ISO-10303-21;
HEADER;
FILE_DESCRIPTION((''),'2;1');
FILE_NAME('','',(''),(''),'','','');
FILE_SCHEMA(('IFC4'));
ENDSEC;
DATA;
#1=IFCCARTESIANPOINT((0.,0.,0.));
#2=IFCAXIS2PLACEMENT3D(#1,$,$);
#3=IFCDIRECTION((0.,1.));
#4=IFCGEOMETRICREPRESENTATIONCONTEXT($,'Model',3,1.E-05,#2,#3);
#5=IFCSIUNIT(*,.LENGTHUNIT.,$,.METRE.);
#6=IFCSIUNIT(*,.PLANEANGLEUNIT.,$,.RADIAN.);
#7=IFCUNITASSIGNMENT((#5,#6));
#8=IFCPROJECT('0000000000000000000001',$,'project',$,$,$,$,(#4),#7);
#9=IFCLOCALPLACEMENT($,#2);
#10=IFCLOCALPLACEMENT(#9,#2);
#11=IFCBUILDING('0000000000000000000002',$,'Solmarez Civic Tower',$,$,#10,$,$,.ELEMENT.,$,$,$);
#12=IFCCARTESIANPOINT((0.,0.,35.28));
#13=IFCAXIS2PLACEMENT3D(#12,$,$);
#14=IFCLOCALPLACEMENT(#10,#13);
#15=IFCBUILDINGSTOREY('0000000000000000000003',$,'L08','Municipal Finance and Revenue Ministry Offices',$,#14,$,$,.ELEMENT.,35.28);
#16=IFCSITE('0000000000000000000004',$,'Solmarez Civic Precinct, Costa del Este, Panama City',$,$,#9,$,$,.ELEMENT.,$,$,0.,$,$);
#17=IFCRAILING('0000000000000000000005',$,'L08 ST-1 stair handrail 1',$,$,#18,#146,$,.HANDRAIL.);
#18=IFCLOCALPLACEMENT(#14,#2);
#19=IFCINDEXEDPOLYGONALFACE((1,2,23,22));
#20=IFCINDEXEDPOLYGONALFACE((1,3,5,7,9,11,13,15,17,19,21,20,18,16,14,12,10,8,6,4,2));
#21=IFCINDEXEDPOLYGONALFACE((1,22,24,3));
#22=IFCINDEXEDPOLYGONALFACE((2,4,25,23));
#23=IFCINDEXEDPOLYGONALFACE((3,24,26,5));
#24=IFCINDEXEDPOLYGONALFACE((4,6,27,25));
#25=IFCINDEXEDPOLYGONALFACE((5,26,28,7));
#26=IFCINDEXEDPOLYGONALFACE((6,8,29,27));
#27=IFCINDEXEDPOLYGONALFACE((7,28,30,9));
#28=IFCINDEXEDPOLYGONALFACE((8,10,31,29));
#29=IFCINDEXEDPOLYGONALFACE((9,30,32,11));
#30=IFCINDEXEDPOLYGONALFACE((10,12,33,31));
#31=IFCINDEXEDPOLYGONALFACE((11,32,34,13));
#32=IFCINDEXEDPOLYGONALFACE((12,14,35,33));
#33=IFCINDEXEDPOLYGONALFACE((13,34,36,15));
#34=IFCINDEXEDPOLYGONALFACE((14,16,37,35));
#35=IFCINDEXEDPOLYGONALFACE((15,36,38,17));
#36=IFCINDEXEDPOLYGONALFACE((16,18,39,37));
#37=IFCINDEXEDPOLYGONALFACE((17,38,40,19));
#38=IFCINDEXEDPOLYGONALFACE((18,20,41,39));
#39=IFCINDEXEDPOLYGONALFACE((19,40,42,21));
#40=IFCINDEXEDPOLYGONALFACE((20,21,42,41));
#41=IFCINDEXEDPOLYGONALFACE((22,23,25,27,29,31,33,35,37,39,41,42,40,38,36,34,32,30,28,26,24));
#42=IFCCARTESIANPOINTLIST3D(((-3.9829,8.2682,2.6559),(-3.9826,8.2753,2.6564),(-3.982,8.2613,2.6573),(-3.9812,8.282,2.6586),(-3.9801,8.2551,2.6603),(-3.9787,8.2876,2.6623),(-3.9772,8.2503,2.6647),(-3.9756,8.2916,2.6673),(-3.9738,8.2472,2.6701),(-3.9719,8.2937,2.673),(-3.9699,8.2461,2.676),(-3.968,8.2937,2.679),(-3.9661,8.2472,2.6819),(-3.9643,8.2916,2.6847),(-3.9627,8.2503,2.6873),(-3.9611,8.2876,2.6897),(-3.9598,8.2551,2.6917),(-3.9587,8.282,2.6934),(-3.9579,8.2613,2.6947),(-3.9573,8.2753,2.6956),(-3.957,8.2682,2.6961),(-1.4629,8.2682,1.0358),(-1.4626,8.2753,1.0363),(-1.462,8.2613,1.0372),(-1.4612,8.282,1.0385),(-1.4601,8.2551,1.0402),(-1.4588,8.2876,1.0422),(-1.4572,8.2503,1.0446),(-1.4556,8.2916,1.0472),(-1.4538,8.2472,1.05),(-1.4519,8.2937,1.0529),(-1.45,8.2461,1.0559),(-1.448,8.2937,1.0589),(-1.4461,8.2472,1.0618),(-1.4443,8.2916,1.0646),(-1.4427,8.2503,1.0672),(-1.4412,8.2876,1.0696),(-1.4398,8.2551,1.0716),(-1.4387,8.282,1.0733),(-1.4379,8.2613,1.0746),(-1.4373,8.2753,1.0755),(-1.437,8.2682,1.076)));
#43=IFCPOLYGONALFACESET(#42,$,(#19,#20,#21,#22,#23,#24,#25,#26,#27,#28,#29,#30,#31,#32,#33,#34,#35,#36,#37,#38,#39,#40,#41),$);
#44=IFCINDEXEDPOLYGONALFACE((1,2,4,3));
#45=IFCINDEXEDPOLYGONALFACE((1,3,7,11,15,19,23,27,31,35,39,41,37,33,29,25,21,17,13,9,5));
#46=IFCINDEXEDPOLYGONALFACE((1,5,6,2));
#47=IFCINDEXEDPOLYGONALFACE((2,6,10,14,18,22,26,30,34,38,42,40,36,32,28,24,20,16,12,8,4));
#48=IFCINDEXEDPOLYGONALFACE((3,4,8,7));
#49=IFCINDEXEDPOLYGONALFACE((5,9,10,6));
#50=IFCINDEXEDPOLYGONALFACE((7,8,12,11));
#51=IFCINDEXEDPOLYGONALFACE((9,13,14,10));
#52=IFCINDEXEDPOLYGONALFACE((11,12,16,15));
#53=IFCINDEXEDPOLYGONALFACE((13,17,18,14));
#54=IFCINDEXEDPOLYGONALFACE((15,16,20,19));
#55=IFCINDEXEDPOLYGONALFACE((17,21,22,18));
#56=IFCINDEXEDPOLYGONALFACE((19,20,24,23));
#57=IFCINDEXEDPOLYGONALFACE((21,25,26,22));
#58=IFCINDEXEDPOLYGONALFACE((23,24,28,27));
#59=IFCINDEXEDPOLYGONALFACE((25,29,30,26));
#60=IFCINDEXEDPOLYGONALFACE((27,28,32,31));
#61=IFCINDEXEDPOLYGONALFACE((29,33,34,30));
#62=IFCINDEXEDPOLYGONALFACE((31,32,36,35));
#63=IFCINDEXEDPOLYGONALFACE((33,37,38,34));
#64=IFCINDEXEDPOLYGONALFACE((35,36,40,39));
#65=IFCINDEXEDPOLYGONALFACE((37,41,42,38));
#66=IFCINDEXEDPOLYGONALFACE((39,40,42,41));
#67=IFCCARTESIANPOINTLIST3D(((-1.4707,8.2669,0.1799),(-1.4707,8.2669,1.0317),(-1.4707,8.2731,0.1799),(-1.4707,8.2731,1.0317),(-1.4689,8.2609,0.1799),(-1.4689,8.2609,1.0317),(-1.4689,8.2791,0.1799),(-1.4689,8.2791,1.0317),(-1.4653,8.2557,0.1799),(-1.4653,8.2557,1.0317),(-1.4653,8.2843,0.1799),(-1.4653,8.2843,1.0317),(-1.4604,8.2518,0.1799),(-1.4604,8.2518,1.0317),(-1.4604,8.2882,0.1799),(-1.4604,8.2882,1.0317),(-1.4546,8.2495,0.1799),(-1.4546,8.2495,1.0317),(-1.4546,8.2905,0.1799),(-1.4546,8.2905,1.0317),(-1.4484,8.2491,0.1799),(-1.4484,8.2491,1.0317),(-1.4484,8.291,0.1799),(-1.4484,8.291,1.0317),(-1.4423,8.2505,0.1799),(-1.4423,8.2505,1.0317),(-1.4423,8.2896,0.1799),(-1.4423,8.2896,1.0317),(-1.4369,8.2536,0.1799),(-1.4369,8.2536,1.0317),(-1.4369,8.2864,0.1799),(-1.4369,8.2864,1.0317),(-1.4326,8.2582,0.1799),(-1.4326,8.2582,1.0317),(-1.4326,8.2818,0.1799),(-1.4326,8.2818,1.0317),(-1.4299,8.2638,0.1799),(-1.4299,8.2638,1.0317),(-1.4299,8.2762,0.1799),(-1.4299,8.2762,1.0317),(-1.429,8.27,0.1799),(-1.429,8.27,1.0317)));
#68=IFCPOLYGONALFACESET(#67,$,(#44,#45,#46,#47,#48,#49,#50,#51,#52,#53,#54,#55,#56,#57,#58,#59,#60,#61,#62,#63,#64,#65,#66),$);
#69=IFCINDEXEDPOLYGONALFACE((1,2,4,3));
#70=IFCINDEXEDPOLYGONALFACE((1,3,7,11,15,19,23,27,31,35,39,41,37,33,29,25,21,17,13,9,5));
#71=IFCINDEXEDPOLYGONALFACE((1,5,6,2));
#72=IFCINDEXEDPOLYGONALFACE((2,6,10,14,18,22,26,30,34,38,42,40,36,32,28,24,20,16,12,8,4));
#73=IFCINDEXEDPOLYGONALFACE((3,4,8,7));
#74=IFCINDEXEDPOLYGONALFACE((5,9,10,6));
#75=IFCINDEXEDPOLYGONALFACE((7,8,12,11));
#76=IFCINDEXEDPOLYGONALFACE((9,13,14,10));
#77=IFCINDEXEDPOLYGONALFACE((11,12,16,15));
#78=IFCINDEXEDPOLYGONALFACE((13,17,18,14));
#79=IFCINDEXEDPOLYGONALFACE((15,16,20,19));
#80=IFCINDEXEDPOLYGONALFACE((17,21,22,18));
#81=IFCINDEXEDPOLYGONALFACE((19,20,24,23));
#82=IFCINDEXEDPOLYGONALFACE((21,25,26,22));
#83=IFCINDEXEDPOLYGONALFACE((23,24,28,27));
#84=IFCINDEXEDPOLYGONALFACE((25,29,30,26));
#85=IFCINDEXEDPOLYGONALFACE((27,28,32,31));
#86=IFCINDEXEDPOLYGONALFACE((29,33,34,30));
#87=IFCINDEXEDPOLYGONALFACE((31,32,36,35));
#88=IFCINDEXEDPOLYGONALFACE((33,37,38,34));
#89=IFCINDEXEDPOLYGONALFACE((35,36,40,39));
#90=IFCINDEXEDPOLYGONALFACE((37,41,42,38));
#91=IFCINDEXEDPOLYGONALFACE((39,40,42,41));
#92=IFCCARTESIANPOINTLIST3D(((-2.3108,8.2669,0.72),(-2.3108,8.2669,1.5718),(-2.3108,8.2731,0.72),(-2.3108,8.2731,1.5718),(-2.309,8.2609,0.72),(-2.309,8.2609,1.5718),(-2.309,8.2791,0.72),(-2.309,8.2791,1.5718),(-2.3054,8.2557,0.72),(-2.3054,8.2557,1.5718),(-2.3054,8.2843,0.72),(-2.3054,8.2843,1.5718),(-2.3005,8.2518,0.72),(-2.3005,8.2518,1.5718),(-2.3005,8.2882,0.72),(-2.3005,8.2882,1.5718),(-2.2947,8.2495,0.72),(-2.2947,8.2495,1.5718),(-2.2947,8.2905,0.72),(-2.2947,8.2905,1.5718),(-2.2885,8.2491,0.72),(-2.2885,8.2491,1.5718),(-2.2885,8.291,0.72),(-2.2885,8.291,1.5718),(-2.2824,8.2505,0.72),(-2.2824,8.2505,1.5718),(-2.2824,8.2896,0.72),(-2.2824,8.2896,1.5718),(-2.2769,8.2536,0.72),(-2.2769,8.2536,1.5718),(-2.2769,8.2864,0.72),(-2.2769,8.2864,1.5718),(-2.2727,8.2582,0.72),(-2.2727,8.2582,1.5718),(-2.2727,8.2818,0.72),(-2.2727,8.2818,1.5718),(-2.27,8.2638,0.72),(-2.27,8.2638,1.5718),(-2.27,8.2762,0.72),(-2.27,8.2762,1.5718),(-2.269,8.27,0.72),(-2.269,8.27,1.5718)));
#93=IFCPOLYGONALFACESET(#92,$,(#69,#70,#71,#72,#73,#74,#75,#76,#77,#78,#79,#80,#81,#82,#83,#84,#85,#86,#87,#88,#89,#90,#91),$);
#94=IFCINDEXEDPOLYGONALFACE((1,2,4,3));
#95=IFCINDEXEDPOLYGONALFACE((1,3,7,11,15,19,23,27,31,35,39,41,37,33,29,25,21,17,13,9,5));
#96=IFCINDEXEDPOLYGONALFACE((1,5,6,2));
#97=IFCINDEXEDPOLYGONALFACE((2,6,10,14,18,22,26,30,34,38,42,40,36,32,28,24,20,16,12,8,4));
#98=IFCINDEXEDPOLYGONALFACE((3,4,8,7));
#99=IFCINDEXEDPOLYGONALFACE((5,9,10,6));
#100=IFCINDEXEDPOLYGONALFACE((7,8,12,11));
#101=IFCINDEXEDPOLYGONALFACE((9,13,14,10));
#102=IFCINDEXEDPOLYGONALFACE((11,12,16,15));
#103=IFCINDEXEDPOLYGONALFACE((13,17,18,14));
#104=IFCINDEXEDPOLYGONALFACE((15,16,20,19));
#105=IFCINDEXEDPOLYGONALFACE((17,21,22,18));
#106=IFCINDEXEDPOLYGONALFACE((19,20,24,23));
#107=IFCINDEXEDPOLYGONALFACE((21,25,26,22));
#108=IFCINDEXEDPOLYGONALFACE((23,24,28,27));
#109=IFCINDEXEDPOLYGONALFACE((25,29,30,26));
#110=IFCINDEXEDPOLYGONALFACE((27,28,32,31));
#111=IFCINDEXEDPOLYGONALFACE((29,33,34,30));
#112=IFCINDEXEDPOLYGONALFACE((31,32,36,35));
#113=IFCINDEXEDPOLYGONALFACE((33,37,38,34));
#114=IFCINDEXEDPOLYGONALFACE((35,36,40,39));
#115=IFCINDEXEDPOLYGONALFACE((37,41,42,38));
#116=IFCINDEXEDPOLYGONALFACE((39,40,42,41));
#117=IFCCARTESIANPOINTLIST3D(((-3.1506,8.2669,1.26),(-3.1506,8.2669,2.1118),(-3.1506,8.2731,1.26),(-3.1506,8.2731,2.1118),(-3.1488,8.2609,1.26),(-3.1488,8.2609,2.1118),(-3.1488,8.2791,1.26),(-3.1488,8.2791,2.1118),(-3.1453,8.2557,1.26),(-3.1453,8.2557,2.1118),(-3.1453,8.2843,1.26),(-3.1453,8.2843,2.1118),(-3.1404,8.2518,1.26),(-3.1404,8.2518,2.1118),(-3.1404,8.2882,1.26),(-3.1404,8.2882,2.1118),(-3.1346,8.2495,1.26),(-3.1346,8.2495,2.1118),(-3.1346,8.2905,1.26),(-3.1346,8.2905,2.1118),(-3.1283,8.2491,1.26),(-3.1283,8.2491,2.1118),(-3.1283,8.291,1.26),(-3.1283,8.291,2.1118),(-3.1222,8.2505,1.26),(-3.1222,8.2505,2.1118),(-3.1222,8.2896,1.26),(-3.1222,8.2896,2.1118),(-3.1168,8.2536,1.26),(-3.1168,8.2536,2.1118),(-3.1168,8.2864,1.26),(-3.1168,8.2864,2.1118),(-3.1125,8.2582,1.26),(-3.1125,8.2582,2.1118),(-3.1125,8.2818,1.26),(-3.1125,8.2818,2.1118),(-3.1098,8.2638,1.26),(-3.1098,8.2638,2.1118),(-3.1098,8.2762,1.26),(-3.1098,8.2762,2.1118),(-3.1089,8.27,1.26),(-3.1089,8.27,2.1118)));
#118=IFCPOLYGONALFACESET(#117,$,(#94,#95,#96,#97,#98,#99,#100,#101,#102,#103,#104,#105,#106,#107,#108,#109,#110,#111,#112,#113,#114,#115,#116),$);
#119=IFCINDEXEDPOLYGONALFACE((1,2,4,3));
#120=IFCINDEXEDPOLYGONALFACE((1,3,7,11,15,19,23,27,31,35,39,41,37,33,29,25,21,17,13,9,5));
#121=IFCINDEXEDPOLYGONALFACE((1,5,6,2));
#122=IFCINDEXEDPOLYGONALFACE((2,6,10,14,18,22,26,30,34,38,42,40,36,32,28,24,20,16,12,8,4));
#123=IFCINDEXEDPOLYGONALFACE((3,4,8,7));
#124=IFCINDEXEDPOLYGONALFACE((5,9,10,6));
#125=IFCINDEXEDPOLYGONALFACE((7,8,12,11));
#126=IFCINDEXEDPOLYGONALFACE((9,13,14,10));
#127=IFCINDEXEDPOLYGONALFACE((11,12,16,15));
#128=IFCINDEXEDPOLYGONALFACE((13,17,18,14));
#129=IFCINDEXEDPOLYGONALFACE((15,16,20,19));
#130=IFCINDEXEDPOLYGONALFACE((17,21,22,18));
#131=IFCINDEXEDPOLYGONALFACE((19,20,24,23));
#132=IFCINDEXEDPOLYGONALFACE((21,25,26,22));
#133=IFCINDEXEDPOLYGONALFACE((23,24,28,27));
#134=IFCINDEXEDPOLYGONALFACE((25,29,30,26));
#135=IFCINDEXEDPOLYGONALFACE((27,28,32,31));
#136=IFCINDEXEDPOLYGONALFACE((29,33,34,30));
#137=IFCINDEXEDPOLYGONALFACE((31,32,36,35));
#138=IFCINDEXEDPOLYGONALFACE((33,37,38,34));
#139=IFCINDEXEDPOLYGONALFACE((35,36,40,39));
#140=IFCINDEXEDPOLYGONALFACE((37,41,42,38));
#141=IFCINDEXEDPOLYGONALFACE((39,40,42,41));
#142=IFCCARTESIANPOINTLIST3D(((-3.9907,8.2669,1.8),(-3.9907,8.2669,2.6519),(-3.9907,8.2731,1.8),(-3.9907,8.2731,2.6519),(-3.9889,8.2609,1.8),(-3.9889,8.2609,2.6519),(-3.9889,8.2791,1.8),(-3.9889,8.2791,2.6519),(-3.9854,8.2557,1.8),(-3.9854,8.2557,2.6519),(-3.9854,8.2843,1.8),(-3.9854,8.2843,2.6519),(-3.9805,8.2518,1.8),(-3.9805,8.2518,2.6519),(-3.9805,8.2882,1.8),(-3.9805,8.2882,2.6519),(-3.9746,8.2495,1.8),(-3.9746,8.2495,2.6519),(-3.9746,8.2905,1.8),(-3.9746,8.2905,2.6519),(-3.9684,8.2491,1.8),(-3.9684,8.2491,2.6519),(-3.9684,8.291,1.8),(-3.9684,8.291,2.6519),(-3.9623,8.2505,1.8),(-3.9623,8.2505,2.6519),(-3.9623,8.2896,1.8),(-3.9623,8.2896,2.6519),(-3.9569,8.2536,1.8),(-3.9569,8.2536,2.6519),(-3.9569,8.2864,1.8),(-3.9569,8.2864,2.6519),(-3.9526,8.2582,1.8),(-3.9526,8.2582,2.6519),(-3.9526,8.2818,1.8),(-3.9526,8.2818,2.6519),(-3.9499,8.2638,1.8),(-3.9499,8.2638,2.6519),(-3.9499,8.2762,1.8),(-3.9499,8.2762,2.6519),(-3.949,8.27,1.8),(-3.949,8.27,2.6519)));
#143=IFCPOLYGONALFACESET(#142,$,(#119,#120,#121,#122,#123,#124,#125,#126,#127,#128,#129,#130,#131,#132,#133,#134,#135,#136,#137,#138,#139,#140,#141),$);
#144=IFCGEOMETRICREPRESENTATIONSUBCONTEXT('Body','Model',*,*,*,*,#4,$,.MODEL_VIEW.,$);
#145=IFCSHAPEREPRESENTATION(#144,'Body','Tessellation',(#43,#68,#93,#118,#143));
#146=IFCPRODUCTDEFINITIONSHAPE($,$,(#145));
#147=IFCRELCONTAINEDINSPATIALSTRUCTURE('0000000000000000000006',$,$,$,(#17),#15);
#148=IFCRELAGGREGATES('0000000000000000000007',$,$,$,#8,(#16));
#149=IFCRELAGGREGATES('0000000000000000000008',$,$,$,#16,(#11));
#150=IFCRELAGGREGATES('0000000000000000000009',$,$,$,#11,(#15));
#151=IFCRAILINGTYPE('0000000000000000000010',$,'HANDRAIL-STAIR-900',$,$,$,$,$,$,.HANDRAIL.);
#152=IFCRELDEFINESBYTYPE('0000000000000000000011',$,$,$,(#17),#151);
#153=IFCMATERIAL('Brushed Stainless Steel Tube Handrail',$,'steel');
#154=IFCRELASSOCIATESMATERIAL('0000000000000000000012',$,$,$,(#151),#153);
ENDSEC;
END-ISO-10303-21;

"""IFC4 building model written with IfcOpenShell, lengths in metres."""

from ifc_helpers import new_model, si_unit, direction, frame, origin, origin_2d, place, context, subcontext, project, spatial, circle, extrude, material, type_object, element, save


model = new_model("IFC4")

# Units and contexts
model_context = context("Model", 3, precision=1e-05, world=origin(), true_north=direction((0.0, 1.0)))
body_context = subcontext(model_context, "Body", "Model", "MODEL_VIEW")
ifc_project = project(units=[si_unit("LENGTHUNIT", "METRE"), si_unit("PLANEANGLEUNIT", "RADIAN")], contexts=[model_context])

# Site, building, storey
site_placement = place(None, origin())
site = spatial("IfcSite", under=ifc_project, at=site_placement, Name="Solmarez Civic Precinct, Costa del Este, Panama City", CompositionType="ELEMENT", RefElevation=0.0)
building_placement = place(site_placement, origin())
building = spatial("IfcBuilding", under=site, at=building_placement, Name="Solmarez Civic Tower", CompositionType="ELEMENT")
storey_placement = place(building_placement, frame((0.0, 0.0, 35.28)))
storey = spatial("IfcBuildingStorey", under=building, at=storey_placement, Name="L08", Description="Municipal Finance and Revenue Ministry Offices", CompositionType="ELEMENT", Elevation=35.28)

# Railing
ifc_material_1 = material(Name="Brushed Stainless Steel Tube Handrail", Category="steel")
railing_type_1 = type_object("IfcRailingType", Name="HANDRAIL-STAIR-900", PredefinedType="HANDRAIL", material=ifc_material_1)
railing_1_placement = place(storey_placement, frame((-1.45, 8.27, 0.1799)))
element("IfcRailing", 1, at=railing_1_placement, inside=storey, type_object=railing_type_1, Name="L08 ST-1 stair handrail 1", PredefinedType="HANDRAIL", context=body_context, shape_type="SweptSolid", body=[
    extrude(circle(Radius=0.0239, at=origin_2d()), frame((0.0, 0.0, 0.876), z_axis=(-0.841163, 0.0, 0.540782), x_axis=(0.0, -1.0, 0.0)), (0.0, 0.0, 1.0), 2.9958),
    extrude(circle(Radius=0.021, at=origin_2d()), origin(), (0.0, 0.0, 1.0), 0.8518),
    extrude(circle(Radius=0.021, at=origin_2d()), frame((-0.8401, 0.0, 0.54)), (0.0, 0.0, 1.0), 0.8518),
    extrude(circle(Radius=0.021, at=origin_2d()), frame((-1.6799, 0.0, 1.0801)), (0.0, 0.0, 1.0), 0.8518),
    extrude(circle(Radius=0.021, at=origin_2d()), frame((-2.52, 0.0, 1.6201)), (0.0, 0.0, 1.0), 0.8518),
])

save(model, "model.ifc")
